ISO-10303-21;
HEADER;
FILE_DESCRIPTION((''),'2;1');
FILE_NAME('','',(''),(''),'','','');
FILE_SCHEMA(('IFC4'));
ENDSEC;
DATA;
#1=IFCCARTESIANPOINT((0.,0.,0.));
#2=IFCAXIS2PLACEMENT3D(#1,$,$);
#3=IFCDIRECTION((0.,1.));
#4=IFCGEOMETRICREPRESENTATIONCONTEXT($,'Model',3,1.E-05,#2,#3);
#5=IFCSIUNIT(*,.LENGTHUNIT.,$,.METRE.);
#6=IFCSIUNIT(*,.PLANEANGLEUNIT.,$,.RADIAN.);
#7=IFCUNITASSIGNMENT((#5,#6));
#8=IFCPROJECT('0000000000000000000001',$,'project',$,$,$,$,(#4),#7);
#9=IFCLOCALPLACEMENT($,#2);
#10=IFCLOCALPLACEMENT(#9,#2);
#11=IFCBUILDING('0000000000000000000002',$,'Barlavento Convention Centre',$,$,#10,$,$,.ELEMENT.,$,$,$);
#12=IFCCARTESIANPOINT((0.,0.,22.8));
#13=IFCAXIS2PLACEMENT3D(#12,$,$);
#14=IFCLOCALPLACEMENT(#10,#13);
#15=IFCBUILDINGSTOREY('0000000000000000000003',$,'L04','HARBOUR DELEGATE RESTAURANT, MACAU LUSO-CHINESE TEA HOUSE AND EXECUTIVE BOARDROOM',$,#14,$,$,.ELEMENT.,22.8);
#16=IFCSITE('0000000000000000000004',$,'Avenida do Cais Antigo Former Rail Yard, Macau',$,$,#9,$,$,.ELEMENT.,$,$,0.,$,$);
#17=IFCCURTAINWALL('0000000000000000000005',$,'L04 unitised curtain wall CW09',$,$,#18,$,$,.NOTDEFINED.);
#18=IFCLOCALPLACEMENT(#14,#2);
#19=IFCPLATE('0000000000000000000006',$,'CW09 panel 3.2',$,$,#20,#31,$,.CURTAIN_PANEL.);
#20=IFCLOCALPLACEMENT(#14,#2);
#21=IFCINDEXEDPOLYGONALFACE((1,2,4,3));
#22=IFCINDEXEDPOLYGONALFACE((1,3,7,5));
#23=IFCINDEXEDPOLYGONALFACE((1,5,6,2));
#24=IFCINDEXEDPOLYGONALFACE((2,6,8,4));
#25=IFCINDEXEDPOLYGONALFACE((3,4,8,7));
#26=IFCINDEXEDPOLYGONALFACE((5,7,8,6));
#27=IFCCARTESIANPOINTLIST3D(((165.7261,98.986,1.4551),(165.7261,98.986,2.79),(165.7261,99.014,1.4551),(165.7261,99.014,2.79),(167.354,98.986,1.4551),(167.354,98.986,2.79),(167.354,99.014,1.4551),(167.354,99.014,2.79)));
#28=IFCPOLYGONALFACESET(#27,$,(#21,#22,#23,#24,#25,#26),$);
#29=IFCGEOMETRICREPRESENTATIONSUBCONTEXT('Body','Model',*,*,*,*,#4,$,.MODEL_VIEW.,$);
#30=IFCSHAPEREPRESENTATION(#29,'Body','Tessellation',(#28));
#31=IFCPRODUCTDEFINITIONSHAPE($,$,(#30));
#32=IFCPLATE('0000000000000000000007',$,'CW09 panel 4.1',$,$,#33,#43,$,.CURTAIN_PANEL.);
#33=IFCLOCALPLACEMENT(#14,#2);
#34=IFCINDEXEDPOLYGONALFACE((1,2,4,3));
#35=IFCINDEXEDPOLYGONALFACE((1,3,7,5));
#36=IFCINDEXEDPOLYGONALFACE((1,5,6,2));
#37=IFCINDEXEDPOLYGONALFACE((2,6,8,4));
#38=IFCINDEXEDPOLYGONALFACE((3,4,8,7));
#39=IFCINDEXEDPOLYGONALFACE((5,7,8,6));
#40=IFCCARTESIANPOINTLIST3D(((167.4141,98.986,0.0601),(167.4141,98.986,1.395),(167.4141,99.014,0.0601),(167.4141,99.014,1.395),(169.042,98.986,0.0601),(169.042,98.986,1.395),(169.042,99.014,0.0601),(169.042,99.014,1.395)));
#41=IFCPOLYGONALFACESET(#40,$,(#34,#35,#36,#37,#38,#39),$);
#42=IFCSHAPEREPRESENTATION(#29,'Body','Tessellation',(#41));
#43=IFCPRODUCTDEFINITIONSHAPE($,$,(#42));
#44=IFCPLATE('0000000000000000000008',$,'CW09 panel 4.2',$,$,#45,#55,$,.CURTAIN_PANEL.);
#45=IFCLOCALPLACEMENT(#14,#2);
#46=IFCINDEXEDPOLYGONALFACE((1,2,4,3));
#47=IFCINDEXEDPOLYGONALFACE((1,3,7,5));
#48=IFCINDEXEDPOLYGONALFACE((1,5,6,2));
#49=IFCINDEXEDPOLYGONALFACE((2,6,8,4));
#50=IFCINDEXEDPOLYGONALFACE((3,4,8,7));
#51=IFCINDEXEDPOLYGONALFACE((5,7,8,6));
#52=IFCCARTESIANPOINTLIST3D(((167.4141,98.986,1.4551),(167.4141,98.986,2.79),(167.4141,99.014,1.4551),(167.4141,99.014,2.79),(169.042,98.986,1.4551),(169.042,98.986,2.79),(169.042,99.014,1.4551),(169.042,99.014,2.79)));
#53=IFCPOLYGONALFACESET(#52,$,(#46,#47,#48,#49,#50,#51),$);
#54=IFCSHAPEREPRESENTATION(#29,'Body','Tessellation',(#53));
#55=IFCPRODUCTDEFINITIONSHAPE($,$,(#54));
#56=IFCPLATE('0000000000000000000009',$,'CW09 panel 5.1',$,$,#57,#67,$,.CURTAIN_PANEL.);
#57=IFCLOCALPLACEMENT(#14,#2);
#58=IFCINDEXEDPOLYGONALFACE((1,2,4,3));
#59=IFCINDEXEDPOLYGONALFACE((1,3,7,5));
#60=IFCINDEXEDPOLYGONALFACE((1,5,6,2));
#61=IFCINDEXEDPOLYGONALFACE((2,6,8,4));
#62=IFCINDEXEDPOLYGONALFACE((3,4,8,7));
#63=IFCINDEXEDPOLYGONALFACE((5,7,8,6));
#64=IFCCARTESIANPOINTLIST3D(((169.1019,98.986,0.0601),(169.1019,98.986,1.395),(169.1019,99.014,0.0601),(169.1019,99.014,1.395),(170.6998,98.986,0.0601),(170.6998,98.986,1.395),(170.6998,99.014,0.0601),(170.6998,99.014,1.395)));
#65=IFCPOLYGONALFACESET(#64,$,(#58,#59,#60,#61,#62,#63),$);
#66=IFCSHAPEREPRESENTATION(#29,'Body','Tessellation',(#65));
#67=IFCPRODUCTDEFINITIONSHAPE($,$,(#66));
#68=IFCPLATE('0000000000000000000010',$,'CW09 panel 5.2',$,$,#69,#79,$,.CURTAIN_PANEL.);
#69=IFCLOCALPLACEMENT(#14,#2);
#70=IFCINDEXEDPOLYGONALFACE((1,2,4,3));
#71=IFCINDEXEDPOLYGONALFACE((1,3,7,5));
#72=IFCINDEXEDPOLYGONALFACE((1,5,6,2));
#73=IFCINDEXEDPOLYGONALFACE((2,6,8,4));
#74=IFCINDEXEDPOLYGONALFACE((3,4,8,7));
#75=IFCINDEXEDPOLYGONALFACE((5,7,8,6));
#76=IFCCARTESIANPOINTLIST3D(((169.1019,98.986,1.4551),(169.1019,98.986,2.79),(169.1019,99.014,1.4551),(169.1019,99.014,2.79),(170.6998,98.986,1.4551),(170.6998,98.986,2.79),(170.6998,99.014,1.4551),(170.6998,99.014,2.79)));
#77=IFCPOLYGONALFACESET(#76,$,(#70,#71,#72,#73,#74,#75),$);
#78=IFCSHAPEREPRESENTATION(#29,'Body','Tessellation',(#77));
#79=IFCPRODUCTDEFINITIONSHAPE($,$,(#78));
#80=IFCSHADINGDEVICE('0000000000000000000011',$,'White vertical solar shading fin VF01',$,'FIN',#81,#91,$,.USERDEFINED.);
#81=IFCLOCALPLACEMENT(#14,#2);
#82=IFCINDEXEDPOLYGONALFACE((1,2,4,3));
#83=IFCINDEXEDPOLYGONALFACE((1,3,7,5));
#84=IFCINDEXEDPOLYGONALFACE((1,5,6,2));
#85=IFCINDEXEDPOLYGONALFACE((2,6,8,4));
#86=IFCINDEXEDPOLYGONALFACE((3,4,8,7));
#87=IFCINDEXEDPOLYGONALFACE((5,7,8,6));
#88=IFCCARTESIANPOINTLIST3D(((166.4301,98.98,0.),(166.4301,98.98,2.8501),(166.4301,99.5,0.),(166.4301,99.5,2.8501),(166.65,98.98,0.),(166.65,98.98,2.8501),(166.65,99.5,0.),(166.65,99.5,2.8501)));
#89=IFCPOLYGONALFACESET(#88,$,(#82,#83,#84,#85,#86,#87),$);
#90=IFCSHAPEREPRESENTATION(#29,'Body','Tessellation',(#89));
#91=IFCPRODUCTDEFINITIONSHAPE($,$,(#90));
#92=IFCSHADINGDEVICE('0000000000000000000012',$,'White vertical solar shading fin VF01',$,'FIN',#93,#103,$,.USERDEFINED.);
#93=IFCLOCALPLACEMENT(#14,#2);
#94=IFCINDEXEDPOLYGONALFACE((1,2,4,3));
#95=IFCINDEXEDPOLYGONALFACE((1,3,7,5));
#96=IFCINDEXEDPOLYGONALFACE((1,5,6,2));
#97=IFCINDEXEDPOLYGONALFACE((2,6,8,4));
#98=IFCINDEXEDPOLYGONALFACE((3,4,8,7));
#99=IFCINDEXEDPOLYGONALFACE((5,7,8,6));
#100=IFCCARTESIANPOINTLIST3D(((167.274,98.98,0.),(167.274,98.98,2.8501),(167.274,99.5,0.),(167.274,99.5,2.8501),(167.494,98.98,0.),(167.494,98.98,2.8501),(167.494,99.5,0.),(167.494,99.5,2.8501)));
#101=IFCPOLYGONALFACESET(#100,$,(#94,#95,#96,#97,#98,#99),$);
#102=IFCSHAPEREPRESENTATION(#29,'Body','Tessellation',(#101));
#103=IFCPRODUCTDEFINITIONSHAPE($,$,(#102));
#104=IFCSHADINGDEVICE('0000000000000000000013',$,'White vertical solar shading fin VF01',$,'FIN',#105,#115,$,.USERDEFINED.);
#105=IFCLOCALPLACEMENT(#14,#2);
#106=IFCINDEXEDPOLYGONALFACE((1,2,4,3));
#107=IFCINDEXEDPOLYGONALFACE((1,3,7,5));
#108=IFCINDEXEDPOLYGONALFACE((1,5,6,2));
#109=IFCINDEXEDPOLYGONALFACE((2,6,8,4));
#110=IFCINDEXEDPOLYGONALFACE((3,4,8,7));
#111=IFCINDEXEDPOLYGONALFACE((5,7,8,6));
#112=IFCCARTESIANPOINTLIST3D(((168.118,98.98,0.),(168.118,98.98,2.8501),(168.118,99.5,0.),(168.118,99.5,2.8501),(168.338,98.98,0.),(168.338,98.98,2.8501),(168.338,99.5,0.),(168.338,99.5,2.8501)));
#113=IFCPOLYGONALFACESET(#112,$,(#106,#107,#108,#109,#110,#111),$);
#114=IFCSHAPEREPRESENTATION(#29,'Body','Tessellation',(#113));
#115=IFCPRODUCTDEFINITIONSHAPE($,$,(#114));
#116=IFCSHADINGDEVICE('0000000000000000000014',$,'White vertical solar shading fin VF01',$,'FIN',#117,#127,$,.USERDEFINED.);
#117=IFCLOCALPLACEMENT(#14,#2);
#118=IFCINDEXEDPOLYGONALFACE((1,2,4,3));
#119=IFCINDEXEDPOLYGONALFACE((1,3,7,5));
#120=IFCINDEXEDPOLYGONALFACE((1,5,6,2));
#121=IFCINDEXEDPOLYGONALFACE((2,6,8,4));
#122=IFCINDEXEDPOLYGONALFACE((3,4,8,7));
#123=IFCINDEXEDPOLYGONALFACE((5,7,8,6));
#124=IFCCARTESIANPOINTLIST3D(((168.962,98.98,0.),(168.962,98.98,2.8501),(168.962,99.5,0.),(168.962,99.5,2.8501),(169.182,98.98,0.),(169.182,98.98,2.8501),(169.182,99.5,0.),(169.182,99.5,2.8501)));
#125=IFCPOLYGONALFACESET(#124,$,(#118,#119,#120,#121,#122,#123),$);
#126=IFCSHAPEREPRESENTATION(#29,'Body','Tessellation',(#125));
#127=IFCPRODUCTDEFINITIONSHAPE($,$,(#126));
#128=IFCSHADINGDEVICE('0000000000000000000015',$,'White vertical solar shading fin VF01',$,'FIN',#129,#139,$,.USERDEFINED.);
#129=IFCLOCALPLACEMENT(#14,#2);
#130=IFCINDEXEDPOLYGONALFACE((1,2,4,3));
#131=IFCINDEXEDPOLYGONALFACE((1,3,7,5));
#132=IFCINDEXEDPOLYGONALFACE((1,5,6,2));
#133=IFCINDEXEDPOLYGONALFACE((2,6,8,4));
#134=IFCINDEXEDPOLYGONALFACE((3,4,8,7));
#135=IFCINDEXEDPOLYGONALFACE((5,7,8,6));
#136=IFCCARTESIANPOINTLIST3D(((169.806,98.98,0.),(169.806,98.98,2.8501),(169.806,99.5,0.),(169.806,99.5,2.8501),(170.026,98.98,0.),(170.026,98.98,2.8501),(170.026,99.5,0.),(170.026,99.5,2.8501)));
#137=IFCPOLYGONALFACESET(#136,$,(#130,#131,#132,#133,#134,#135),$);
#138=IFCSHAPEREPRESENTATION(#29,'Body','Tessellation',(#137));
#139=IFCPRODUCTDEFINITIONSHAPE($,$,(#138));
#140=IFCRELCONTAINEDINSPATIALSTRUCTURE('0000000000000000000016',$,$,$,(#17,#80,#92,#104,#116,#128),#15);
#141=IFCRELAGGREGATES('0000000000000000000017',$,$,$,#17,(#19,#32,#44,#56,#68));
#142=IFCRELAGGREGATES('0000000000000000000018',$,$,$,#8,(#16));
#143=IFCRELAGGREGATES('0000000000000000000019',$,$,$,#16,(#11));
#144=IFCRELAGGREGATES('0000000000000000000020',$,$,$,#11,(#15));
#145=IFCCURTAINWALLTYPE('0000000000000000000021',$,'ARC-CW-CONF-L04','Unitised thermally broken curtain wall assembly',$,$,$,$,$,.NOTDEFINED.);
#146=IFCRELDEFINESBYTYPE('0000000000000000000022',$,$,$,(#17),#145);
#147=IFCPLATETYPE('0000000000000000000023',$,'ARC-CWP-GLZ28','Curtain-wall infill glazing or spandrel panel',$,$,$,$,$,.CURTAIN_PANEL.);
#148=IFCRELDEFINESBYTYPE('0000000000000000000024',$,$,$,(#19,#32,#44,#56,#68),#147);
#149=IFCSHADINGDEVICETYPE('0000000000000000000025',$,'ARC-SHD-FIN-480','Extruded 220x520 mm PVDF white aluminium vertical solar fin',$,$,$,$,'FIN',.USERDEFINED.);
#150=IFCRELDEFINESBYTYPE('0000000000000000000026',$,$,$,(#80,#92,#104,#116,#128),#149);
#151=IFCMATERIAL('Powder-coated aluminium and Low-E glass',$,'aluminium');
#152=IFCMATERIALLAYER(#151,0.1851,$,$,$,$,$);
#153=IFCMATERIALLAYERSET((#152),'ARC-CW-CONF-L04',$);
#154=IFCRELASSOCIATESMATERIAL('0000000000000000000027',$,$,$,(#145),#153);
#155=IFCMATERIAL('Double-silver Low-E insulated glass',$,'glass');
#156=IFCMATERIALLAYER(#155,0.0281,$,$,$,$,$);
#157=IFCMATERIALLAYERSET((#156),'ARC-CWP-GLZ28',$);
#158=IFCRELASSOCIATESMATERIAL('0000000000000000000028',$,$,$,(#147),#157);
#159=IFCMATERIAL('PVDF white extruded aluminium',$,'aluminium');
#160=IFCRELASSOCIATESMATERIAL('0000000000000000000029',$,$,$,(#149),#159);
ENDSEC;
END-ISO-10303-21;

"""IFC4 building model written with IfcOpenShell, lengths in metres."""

from ifc_helpers import new_model, si_unit, direction, frame, origin, origin_2d, place, context, subcontext, project, spatial, rectangle, extrude, material, layer, layer_set, type_object, element, aggregate, save


model = new_model("IFC4")

# Units and contexts
model_context = context("Model", 3, precision=1e-05, world=origin(), true_north=direction((0.0, 1.0)))
body_context = subcontext(model_context, "Body", "Model", "MODEL_VIEW")
ifc_project = project(units=[si_unit("LENGTHUNIT", "METRE"), si_unit("PLANEANGLEUNIT", "RADIAN")], contexts=[model_context])

# Site, building, storey
site_placement = place(None, origin())
site = spatial("IfcSite", under=ifc_project, at=site_placement, Name="Avenida do Cais Antigo Former Rail Yard, Macau", CompositionType="ELEMENT", RefElevation=0.0)
building_placement = place(site_placement, origin())
building = spatial("IfcBuilding", under=site, at=building_placement, Name="Barlavento Convention Centre", CompositionType="ELEMENT")
storey_placement = place(building_placement, frame((0.0, 0.0, 22.8)))
storey = spatial("IfcBuildingStorey", under=building, at=storey_placement, Name="L04", Description="HARBOUR DELEGATE RESTAURANT, MACAU LUSO-CHINESE TEA HOUSE AND EXECUTIVE BOARDROOM", CompositionType="ELEMENT", Elevation=22.8)

# Curtain wall, plates
ifc_material_1 = material(Name="Powder-coated aluminium and Low-E glass", Category="aluminium")
ifc_layer_1 = layer(ifc_material_1, 0.1851)
ifc_layer_set_1 = layer_set([ifc_layer_1], Name="ARC-CW-CONF-L04")
curtain_wall_type = type_object("IfcCurtainWallType", Name="ARC-CW-CONF-L04", Description="Unitised thermally broken curtain wall assembly", PredefinedType="NOTDEFINED", material=ifc_layer_set_1)
curtain_wall_placement = place(storey_placement, origin())
curtain_wall = element("IfcCurtainWall", 1, at=curtain_wall_placement, inside=storey, type_object=curtain_wall_type, Name="L04 unitised curtain wall CW09", PredefinedType="NOTDEFINED")
ifc_material_2 = material(Name="Double-silver Low-E insulated glass", Category="glass")
ifc_layer_2 = layer(ifc_material_2, 0.0281)
ifc_layer_set_2 = layer_set([ifc_layer_2], Name="ARC-CWP-GLZ28")
plate_type = type_object("IfcPlateType", Name="ARC-CWP-GLZ28", Description="Curtain-wall infill glazing or spandrel panel", PredefinedType="CURTAIN_PANEL", material=ifc_layer_set_2)
plate_1_placement = place(storey_placement, frame((166.54, 99.0, 1.4551), z_axis=(0.0, 0.0, 1.0), x_axis=(1.0, 0.0, 0.0)))
plate_1 = element("IfcPlate", 2, at=plate_1_placement, type_object=plate_type, Name="CW09 panel 3.2", PredefinedType="CURTAIN_PANEL", context=body_context, shape_type="SweptSolid", body=[
    extrude(rectangle(XDim=1.6279, YDim=0.0281, at=origin_2d()), origin(), (0.0, 0.0, 1.0), 1.335),
])
plate_2_placement = place(storey_placement, frame((168.228, 99.0, 0.0601), z_axis=(0.0, 0.0, 1.0), x_axis=(1.0, 0.0, 0.0)))
plate_2 = element("IfcPlate", 3, at=plate_2_placement, type_object=plate_type, Name="CW09 panel 4.1", PredefinedType="CURTAIN_PANEL", context=body_context, shape_type="SweptSolid", body=[
    extrude(rectangle(XDim=1.6279, YDim=0.0281, at=origin_2d()), origin(), (0.0, 0.0, 1.0), 1.335),
])
plate_3_placement = place(storey_placement, frame((168.228, 99.0, 1.4551), z_axis=(0.0, 0.0, 1.0), x_axis=(1.0, 0.0, 0.0)))
plate_3 = element("IfcPlate", 4, at=plate_3_placement, type_object=plate_type, Name="CW09 panel 4.2", PredefinedType="CURTAIN_PANEL", context=body_context, shape_type="SweptSolid", body=[
    extrude(rectangle(XDim=1.6279, YDim=0.0281, at=origin_2d()), origin(), (0.0, 0.0, 1.0), 1.335),
])
plate_4_placement = place(storey_placement, frame((169.9009, 99.0, 0.0601), z_axis=(0.0, 0.0, 1.0), x_axis=(1.0, 0.0, 0.0)))
plate_4 = element("IfcPlate", 5, at=plate_4_placement, type_object=plate_type, Name="CW09 panel 5.1", PredefinedType="CURTAIN_PANEL", context=body_context, shape_type="SweptSolid", body=[
    extrude(rectangle(XDim=1.5979, YDim=0.0281, at=origin_2d()), origin(), (0.0, 0.0, 1.0), 1.335),
])
plate_5_placement = place(storey_placement, frame((169.9009, 99.0, 1.4551), z_axis=(0.0, 0.0, 1.0), x_axis=(1.0, 0.0, 0.0)))
plate_5 = element("IfcPlate", 6, at=plate_5_placement, type_object=plate_type, Name="CW09 panel 5.2", PredefinedType="CURTAIN_PANEL", context=body_context, shape_type="SweptSolid", body=[
    extrude(rectangle(XDim=1.5979, YDim=0.0281, at=origin_2d()), origin(), (0.0, 0.0, 1.0), 1.335),
])
aggregate(curtain_wall, [plate_1, plate_2, plate_3, plate_4, plate_5])

# Shading devices
ifc_material_3 = material(Name="PVDF white extruded aluminium", Category="aluminium")
shading_device_type = type_object("IfcShadingDeviceType", Name="ARC-SHD-FIN-480", Description="Extruded 220x520 mm PVDF white aluminium vertical solar fin", ElementType="FIN", PredefinedType="USERDEFINED", material=ifc_material_3)
for number, where, z_axis, x_axis, name in (
    (7, (166.54, 99.24, 0.0), (0.0, 0.0, 1.0), (1.0, 0.0, 0.0), "White vertical solar shading fin VF01"),
    (8, (167.384, 99.24, 0.0), (0.0, 0.0, 1.0), (1.0, 0.0, 0.0), "White vertical solar shading fin VF01"),
    (9, (168.228, 99.24, 0.0), (0.0, 0.0, 1.0), (1.0, 0.0, 0.0), "White vertical solar shading fin VF01"),
    (10, (169.072, 99.24, 0.0), (0.0, 0.0, 1.0), (1.0, 0.0, 0.0), "White vertical solar shading fin VF01"),
    (11, (169.916, 99.24, 0.0), (0.0, 0.0, 1.0), (1.0, 0.0, 0.0), "White vertical solar shading fin VF01"),
):
    element("IfcShadingDevice", number, at=place(storey_placement, frame(where, z_axis=z_axis, x_axis=x_axis)), inside=storey, type_object=shading_device_type, Name=name, ObjectType="FIN", PredefinedType="USERDEFINED", context=body_context, shape_type="SweptSolid", body=[
        extrude(rectangle(XDim=0.22, YDim=0.52, at=origin_2d()), origin(), (0.0, 0.0, 1.0), 2.8501),
    ])

save(model, "model.ifc")
